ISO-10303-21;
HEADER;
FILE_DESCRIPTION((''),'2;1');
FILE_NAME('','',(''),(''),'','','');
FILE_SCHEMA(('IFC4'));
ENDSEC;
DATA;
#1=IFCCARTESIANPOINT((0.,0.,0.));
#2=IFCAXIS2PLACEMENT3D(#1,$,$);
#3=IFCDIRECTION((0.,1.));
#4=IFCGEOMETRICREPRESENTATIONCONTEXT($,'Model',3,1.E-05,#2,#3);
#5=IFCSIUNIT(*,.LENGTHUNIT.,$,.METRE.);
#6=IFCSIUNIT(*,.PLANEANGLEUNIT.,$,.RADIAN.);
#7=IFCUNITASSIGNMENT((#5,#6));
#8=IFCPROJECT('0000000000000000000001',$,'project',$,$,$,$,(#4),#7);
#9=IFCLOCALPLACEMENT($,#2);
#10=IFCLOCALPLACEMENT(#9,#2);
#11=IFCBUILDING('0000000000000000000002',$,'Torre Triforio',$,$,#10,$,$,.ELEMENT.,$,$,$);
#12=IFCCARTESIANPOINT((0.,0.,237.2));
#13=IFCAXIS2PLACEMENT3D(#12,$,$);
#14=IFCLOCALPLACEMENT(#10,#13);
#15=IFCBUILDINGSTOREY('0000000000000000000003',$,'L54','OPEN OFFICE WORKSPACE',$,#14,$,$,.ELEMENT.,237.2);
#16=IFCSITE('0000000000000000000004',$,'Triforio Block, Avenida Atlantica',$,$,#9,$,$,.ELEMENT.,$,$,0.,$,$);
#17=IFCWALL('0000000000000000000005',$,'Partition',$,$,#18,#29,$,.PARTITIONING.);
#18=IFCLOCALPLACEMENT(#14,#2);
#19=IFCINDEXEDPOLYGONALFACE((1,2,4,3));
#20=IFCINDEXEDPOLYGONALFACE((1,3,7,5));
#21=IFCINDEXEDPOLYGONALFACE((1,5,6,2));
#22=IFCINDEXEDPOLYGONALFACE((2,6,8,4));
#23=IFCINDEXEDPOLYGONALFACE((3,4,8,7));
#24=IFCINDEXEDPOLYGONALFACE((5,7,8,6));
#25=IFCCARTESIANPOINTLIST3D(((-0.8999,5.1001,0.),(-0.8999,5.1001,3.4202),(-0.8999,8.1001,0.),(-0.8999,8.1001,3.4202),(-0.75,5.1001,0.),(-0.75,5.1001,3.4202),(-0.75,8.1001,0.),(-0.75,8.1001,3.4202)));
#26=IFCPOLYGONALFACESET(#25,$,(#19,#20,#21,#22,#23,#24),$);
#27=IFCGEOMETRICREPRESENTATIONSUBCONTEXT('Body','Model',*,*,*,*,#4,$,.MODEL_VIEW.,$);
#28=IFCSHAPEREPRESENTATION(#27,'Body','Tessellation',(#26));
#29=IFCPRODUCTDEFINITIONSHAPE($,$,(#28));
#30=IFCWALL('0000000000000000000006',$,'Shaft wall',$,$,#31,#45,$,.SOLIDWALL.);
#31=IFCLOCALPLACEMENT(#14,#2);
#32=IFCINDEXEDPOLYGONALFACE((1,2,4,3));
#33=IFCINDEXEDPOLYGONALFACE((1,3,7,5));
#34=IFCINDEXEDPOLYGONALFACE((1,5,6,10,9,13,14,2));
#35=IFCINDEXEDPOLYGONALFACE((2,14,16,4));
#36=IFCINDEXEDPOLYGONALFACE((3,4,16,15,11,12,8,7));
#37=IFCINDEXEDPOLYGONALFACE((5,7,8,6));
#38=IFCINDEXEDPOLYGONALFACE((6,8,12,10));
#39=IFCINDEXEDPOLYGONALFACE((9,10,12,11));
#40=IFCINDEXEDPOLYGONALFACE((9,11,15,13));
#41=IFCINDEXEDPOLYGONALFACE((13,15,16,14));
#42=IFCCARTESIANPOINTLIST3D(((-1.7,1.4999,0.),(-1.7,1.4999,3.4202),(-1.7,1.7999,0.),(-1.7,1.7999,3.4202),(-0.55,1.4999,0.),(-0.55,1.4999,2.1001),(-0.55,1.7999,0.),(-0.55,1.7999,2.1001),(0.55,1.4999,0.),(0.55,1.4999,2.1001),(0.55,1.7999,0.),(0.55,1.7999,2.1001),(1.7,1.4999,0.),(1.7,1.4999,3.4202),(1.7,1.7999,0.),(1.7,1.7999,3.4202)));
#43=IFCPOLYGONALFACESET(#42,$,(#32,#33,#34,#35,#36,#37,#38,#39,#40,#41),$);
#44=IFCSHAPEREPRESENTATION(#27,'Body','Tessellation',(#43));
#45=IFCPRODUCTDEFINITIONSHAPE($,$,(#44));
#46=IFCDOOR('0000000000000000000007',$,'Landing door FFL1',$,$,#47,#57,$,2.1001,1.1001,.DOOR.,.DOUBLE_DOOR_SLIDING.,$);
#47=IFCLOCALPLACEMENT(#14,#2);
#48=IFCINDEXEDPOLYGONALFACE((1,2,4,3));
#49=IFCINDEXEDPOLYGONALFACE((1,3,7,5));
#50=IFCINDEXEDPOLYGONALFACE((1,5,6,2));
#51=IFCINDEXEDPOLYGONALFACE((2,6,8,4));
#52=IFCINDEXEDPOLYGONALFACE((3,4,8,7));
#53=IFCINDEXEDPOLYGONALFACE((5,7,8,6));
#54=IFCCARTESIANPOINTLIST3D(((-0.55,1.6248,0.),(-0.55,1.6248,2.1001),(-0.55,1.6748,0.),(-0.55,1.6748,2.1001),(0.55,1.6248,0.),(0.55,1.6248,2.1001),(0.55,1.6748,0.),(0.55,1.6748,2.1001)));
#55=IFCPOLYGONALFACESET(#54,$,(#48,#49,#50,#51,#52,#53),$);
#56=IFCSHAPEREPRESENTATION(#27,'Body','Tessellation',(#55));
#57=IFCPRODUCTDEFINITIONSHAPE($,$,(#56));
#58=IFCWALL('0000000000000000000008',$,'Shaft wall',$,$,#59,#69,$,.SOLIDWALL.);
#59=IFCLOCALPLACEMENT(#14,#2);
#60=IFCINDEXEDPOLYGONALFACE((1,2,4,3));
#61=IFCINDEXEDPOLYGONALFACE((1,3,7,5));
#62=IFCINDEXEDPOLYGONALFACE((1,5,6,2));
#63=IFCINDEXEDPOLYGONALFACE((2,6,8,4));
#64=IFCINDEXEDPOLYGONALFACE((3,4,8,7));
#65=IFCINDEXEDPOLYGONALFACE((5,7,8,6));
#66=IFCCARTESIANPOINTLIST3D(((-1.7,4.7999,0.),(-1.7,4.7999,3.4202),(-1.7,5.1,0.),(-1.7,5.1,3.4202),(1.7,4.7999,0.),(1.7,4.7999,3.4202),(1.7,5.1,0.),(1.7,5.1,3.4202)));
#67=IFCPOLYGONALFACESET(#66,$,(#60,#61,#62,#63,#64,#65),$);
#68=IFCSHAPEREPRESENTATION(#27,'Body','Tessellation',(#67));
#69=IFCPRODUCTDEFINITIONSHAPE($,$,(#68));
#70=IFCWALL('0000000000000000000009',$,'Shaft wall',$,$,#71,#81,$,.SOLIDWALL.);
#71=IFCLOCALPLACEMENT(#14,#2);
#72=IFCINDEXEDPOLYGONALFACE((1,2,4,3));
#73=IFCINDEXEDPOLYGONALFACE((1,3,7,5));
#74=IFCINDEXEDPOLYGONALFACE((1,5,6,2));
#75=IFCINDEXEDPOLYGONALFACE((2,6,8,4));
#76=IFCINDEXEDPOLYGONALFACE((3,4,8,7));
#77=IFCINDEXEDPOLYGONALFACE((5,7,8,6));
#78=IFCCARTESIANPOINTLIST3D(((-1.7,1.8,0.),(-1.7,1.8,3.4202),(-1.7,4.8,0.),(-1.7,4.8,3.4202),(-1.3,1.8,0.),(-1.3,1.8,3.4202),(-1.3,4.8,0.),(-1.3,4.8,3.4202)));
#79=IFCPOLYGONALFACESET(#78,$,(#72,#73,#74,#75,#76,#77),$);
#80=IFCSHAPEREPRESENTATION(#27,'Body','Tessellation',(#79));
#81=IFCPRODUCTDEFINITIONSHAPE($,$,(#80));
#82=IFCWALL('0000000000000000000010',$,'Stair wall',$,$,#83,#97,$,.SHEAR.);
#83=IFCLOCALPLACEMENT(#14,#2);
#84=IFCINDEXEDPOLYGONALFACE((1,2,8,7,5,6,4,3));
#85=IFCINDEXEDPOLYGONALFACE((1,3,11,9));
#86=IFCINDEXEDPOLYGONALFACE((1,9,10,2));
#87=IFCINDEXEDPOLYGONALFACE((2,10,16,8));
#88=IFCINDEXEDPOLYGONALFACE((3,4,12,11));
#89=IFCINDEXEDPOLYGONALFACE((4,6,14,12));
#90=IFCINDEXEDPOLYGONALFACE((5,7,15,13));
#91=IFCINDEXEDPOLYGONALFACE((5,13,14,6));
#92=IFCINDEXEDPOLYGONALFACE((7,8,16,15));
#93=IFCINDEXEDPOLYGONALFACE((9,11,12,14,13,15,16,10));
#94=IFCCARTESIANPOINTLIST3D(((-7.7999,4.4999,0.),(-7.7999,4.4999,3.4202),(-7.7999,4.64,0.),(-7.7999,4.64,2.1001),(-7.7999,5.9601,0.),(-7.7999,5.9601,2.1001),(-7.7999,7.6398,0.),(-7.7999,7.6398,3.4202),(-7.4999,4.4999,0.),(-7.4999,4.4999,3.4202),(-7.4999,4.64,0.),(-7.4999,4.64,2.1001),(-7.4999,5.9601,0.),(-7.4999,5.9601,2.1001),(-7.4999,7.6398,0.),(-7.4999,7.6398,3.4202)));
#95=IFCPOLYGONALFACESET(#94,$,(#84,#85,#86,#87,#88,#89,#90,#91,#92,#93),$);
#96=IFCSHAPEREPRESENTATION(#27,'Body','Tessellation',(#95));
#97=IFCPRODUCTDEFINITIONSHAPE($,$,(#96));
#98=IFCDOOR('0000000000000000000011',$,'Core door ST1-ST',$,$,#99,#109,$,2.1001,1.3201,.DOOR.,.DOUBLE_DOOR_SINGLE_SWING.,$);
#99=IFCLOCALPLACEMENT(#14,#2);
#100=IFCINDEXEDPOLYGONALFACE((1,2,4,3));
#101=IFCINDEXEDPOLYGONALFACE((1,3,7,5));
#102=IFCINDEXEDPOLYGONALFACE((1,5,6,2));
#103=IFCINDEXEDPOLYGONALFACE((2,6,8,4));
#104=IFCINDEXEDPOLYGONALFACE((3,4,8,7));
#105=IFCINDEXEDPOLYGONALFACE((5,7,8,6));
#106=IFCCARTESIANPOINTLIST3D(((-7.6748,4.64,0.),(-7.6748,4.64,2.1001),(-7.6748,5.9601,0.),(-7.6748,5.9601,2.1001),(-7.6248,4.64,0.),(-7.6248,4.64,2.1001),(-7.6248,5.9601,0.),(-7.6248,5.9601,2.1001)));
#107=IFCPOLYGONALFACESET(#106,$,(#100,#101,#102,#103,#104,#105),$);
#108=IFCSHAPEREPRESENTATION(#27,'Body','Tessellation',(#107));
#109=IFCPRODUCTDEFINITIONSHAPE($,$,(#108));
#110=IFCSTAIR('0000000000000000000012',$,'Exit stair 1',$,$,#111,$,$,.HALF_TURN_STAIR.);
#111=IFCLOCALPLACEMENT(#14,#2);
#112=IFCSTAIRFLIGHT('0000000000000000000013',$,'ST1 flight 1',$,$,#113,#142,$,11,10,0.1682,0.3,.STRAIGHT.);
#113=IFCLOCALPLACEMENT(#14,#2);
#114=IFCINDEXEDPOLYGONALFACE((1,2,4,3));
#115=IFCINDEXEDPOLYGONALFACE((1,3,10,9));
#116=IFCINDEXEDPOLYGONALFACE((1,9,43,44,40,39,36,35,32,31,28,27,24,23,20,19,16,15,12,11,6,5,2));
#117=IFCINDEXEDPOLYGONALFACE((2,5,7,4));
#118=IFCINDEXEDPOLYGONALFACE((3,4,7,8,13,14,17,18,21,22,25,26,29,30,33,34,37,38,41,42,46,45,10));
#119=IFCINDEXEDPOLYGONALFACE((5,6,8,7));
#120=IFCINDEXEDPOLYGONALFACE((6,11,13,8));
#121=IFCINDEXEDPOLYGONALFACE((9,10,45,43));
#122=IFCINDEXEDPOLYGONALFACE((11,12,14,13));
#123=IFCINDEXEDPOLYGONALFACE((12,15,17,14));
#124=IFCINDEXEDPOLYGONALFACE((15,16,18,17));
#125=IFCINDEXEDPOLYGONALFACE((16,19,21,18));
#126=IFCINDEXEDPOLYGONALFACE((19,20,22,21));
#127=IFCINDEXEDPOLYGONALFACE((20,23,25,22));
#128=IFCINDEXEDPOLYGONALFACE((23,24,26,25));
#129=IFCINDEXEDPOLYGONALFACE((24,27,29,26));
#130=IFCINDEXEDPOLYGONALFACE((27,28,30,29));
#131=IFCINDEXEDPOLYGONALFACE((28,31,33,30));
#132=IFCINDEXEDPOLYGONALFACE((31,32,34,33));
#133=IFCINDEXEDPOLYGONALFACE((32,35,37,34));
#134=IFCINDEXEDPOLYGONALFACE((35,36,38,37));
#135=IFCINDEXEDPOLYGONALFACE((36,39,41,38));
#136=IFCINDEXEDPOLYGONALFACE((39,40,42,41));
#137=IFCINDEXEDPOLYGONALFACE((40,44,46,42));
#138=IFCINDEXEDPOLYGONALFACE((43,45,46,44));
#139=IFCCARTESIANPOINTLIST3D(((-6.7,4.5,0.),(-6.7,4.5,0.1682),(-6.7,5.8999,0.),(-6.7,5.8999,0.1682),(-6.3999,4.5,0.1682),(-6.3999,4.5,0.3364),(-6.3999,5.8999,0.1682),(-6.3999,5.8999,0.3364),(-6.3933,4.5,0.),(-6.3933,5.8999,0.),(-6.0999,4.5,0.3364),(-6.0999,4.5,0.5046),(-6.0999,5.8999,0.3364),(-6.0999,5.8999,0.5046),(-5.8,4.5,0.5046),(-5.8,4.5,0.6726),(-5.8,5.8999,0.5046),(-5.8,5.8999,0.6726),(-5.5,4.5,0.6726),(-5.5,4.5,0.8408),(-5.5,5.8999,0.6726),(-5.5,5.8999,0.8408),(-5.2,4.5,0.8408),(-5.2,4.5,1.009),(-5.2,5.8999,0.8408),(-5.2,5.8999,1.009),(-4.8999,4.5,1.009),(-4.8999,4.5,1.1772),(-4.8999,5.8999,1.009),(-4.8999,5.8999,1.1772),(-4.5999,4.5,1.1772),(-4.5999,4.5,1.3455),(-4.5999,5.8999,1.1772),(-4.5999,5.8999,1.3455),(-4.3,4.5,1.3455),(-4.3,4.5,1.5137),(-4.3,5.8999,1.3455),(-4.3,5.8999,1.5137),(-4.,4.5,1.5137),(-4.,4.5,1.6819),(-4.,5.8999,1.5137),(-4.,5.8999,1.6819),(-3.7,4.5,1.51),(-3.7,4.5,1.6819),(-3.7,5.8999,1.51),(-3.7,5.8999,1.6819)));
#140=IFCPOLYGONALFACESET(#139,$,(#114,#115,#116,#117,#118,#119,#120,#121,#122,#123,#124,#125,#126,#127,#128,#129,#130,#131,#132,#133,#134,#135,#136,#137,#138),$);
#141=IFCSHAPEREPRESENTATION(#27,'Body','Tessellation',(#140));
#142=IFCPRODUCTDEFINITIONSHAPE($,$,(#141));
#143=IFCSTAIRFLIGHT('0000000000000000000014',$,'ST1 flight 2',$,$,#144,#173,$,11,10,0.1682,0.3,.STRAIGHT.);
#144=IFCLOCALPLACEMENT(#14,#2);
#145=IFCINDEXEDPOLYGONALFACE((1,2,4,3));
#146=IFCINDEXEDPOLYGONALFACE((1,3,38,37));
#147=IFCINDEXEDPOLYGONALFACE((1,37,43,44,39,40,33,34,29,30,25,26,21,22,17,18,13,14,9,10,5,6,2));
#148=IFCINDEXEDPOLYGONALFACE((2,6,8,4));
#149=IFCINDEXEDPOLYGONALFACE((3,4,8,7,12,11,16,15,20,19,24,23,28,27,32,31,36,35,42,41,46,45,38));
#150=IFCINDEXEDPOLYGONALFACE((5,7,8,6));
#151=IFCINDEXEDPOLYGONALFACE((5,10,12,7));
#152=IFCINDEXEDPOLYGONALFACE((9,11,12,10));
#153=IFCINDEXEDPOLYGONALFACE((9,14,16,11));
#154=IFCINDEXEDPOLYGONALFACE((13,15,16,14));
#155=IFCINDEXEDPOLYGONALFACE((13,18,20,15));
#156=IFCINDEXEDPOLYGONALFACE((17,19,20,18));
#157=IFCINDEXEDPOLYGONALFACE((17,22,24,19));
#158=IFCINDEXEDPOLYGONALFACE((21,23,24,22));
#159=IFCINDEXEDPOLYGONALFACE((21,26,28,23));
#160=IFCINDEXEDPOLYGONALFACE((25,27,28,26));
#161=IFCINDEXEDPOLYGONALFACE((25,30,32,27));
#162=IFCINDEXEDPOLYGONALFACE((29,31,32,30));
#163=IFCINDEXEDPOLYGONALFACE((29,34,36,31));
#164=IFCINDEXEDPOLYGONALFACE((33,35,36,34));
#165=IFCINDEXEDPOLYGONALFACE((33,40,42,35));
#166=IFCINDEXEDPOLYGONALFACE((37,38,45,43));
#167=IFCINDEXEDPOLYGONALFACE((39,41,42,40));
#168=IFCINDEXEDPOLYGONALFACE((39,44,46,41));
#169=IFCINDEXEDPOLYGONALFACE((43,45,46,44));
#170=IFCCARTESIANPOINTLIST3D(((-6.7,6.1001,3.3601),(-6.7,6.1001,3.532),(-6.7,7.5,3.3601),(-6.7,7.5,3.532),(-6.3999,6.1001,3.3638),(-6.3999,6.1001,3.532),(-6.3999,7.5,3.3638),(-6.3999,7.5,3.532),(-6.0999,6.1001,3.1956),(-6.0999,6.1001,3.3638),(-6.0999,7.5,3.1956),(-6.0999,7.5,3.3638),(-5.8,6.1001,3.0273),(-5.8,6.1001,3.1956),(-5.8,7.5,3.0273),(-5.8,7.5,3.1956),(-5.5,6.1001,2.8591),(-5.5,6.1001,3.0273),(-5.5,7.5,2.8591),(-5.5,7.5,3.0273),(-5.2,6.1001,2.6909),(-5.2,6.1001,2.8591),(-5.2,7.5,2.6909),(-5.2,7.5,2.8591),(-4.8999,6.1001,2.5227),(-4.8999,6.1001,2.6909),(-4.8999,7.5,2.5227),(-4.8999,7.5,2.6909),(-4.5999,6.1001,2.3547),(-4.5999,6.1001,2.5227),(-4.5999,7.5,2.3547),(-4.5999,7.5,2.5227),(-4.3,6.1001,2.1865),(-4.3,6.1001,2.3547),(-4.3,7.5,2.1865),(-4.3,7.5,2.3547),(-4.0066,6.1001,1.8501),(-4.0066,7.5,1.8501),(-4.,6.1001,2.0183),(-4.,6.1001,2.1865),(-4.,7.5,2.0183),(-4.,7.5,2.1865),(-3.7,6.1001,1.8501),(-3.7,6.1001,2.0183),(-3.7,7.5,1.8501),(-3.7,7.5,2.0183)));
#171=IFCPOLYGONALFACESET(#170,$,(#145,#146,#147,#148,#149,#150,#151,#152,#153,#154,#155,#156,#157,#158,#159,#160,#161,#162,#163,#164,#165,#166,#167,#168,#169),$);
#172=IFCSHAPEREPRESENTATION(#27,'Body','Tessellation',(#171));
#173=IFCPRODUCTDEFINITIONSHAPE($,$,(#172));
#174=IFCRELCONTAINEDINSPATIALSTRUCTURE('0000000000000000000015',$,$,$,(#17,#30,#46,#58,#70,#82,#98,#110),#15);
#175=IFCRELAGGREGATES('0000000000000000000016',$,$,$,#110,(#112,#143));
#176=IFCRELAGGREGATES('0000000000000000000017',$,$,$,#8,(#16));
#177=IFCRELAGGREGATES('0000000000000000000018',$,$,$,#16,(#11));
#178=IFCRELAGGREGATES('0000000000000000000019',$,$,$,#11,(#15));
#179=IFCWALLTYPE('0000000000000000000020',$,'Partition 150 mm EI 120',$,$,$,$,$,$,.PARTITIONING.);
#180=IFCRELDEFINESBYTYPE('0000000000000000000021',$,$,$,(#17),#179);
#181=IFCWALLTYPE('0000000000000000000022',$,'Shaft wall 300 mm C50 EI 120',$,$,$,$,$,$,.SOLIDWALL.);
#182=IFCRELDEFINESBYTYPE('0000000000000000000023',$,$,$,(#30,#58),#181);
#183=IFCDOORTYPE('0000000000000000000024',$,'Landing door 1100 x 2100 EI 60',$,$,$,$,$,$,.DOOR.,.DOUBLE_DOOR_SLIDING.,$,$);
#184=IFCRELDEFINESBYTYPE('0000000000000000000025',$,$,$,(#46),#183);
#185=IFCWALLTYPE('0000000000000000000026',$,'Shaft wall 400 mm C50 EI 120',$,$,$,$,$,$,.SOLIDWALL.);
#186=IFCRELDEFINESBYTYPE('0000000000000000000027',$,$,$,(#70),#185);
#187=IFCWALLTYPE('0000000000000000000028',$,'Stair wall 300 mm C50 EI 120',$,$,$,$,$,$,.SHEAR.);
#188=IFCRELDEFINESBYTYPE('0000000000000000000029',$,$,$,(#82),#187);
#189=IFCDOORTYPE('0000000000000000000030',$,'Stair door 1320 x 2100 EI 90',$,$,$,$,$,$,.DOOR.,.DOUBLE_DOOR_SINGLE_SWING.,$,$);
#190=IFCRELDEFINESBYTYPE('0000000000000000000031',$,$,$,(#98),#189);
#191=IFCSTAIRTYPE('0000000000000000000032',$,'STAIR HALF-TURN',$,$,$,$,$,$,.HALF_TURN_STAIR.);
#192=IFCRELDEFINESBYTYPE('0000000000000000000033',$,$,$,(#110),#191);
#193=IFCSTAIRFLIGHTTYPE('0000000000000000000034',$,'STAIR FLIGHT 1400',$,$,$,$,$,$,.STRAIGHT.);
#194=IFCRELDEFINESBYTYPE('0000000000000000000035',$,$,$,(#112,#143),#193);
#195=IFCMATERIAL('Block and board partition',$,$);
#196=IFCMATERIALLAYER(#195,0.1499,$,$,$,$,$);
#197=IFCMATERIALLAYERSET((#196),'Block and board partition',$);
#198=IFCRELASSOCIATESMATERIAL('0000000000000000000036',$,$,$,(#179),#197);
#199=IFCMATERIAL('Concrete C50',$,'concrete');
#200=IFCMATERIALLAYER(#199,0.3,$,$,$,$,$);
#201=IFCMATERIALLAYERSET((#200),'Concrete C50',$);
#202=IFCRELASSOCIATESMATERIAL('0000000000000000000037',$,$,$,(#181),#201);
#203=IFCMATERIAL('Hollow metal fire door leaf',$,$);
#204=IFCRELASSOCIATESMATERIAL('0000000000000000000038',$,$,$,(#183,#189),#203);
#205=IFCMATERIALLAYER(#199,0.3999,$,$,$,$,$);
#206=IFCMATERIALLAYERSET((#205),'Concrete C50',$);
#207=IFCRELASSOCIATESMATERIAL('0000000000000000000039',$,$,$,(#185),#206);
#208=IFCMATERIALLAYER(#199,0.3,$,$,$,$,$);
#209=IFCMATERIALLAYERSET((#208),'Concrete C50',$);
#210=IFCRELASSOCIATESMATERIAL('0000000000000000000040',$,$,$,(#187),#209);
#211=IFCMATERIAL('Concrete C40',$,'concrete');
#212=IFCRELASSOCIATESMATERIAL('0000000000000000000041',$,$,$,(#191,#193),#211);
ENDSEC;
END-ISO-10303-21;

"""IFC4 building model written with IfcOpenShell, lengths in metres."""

from ifc_helpers import new_model, si_unit, direction, frame, frame_2d, origin, place, context, subcontext, project, spatial, polyline, rectangle, outline, extrude, material, layer, layer_set, type_object, element, fill, aggregate, save


model = new_model("IFC4")

# Units and contexts
model_context = context("Model", 3, precision=1e-05, world=origin(), true_north=direction((0.0, 1.0)))
body_context = subcontext(model_context, "Body", "Model", "MODEL_VIEW")
ifc_project = project(units=[si_unit("LENGTHUNIT", "METRE"), si_unit("PLANEANGLEUNIT", "RADIAN")], contexts=[model_context])

# Site, building, storey
site_placement = place(None, origin())
site = spatial("IfcSite", under=ifc_project, at=site_placement, Name="Triforio Block, Avenida Atlantica", CompositionType="ELEMENT", RefElevation=0.0)
building_placement = place(site_placement, origin())
building = spatial("IfcBuilding", under=site, at=building_placement, Name="Torre Triforio", CompositionType="ELEMENT")
storey_placement = place(building_placement, frame((0.0, 0.0, 237.2)))
storey = spatial("IfcBuildingStorey", under=building, at=storey_placement, Name="L54", Description="OPEN OFFICE WORKSPACE", CompositionType="ELEMENT", Elevation=237.2)

# Shared definitions
ifc_material_1 = material(Name="Concrete C40", Category="concrete")

# Wall
ifc_material_2 = material(Name="Concrete C50", Category="concrete")
ifc_material_3 = material(Name="Block and board partition")
ifc_layer_1 = layer(ifc_material_3, 0.1499)
ifc_layer_set_1 = layer_set([ifc_layer_1], Name="Block and board partition")
wall_type_1 = type_object("IfcWallType", Name="Partition 150 mm EI 120", PredefinedType="PARTITIONING", material=ifc_layer_set_1)
wall_1_placement = place(storey_placement, frame((-0.825, 5.1001, 0.0), z_axis=(0.0, 0.0, 1.0), x_axis=(0.0, 1.0, 0.0)))
element("IfcWall", 1, at=wall_1_placement, inside=storey, type_object=wall_type_1, Name="Partition", PredefinedType="PARTITIONING", context=body_context, shape_type="SweptSolid", body=[
    extrude(rectangle(XDim=3.0, YDim=0.1499, at=frame_2d((1.5, 0.0))), origin(), (0.0, 0.0, 1.0), 3.4202),
])

# Wall, opening, door
ifc_layer_2 = layer(ifc_material_2, 0.3)
ifc_layer_set_2 = layer_set([ifc_layer_2], Name="Concrete C50")
wall_type_2 = type_object("IfcWallType", Name="Shaft wall 300 mm C50 EI 120", PredefinedType="SOLIDWALL", material=ifc_layer_set_2)
wall_2_placement = place(storey_placement, frame((-1.7, 1.6499, 0.0), z_axis=(0.0, 0.0, 1.0), x_axis=(1.0, 0.0, 0.0)))
wall_2 = element("IfcWall", 2, at=wall_2_placement, inside=storey, type_object=wall_type_2, Name="Shaft wall", PredefinedType="SOLIDWALL", context=body_context, shape_type="SweptSolid", body=[
    extrude(rectangle(XDim=3.3999, YDim=0.3, at=frame_2d((1.7, 0.0))), origin(), (0.0, 0.0, 1.0), 3.4202),
])
opening_1_placement = place(wall_2_placement, frame((1.1499, 0.0, 0.0)))
opening_1 = element("IfcOpeningElement", 3, at=opening_1_placement, cuts=wall_2, PredefinedType="OPENING", context=body_context, shape_type="SweptSolid", body=[
    extrude(rectangle(XDim=1.1001, YDim=2.1001, at=frame_2d((0.55, 1.05))), frame((0.0, 0.1599, 0.0), z_axis=(0.0, -1.0, 0.0), x_axis=(1.0, 0.0, 0.0)), (0.0, 0.0, 1.0), 0.3201),
])
ifc_material_4 = material(Name="Hollow metal fire door leaf")
door_type_1 = type_object("IfcDoorType", Name="Landing door 1100 x 2100 EI 60", OperationType="DOUBLE_DOOR_SLIDING", PredefinedType="DOOR", material=ifc_material_4)
door_1_placement = place(opening_1_placement, origin())
door_1 = element("IfcDoor", 4, at=door_1_placement, inside=storey, type_object=door_type_1, Name="Landing door FFL1", OperationType="DOUBLE_DOOR_SLIDING", OverallHeight=2.1001, OverallWidth=1.1001, PredefinedType="DOOR", context=body_context, shape_type="SweptSolid", body=[
    extrude(rectangle(XDim=1.1001, YDim=2.1001, at=frame_2d((0.55, 1.05))), frame((0.0, 0.0249, 0.0), z_axis=(0.0, -1.0, 0.0), x_axis=(1.0, 0.0, 0.0)), (0.0, 0.0, 1.0), 0.05),
])
fill(opening_1, door_1)

# Walls
wall_3_placement = place(storey_placement, frame((-1.7, 4.95, 0.0), z_axis=(0.0, 0.0, 1.0), x_axis=(1.0, 0.0, 0.0)))
element("IfcWall", 5, at=wall_3_placement, inside=storey, type_object=wall_type_2, Name="Shaft wall", PredefinedType="SOLIDWALL", context=body_context, shape_type="SweptSolid", body=[
    extrude(rectangle(XDim=3.3999, YDim=0.3, at=frame_2d((1.7, 0.0))), origin(), (0.0, 0.0, 1.0), 3.4202),
])
ifc_layer_3 = layer(ifc_material_2, 0.3999)
ifc_layer_set_3 = layer_set([ifc_layer_3], Name="Concrete C50")
wall_type_3 = type_object("IfcWallType", Name="Shaft wall 400 mm C50 EI 120", PredefinedType="SOLIDWALL", material=ifc_layer_set_3)
wall_4_placement = place(storey_placement, frame((-1.5, 1.8, 0.0), z_axis=(0.0, 0.0, 1.0), x_axis=(0.0, 1.0, 0.0)))
element("IfcWall", 6, at=wall_4_placement, inside=storey, type_object=wall_type_3, Name="Shaft wall", PredefinedType="SOLIDWALL", context=body_context, shape_type="SweptSolid", body=[
    extrude(rectangle(XDim=3.0, YDim=0.3999, at=frame_2d((1.5, 0.0))), origin(), (0.0, 0.0, 1.0), 3.4202),
])

# Wall, opening, door
ifc_layer_4 = layer(ifc_material_2, 0.3)
ifc_layer_set_4 = layer_set([ifc_layer_4], Name="Concrete C50")
wall_type_4 = type_object("IfcWallType", Name="Stair wall 300 mm C50 EI 120", PredefinedType="SHEAR", material=ifc_layer_set_4)
wall_5_placement = place(storey_placement, frame((-7.6499, 4.5, 0.0), z_axis=(0.0, 0.0, 1.0), x_axis=(0.0, 1.0, 0.0)))
wall_5 = element("IfcWall", 7, at=wall_5_placement, inside=storey, type_object=wall_type_4, Name="Stair wall", PredefinedType="SHEAR", context=body_context, shape_type="SweptSolid", body=[
    extrude(rectangle(XDim=3.1399, YDim=0.3, at=frame_2d((1.5698, 0.0))), origin(), (0.0, 0.0, 1.0), 3.4202),
])
opening_2_placement = place(wall_5_placement, frame((0.1399, 0.0, 0.0)))
opening_2 = element("IfcOpeningElement", 8, at=opening_2_placement, cuts=wall_5, PredefinedType="OPENING", context=body_context, shape_type="SweptSolid", body=[
    extrude(rectangle(XDim=1.3201, YDim=2.1001, at=frame_2d((0.6602, 1.05))), frame((0.0, 0.1599, 0.0), z_axis=(0.0, -1.0, 0.0), x_axis=(1.0, 0.0, 0.0)), (0.0, 0.0, 1.0), 0.3201),
])
door_type_2 = type_object("IfcDoorType", Name="Stair door 1320 x 2100 EI 90", OperationType="DOUBLE_DOOR_SINGLE_SWING", PredefinedType="DOOR", material=ifc_material_4)
door_2_placement = place(opening_2_placement, origin())
door_2 = element("IfcDoor", 9, at=door_2_placement, inside=storey, type_object=door_type_2, Name="Core door ST1-ST", OperationType="DOUBLE_DOOR_SINGLE_SWING", OverallHeight=2.1001, OverallWidth=1.3201, PredefinedType="DOOR", context=body_context, shape_type="SweptSolid", body=[
    extrude(rectangle(XDim=1.3201, YDim=2.1001, at=frame_2d((0.6602, 1.05))), frame((0.0, 0.0249, 0.0), z_axis=(0.0, -1.0, 0.0), x_axis=(1.0, 0.0, 0.0)), (0.0, 0.0, 1.0), 0.05),
])
fill(opening_2, door_2)

# Stair, stair flights
stair_type = type_object("IfcStairType", Name="STAIR HALF-TURN", PredefinedType="HALF_TURN_STAIR", material=ifc_material_1)
stair_placement = place(storey_placement, origin())
stair = element("IfcStair", 10, at=stair_placement, inside=storey, type_object=stair_type, Name="Exit stair 1", PredefinedType="HALF_TURN_STAIR")
stair_flight_type = type_object("IfcStairFlightType", Name="STAIR FLIGHT 1400", PredefinedType="STRAIGHT", material=ifc_material_1)
stair_flight_1_placement = place(storey_placement, frame((-6.7, 5.2, 0.0), z_axis=(0.0, 0.0, 1.0), x_axis=(1.0, 0.0, 0.0)))
stair_flight_1 = element("IfcStairFlight", 11, at=stair_flight_1_placement, type_object=stair_flight_type, Name="ST1 flight 1", NumberOfRisers=11, NumberOfTreads=10, PredefinedType="STRAIGHT", RiserHeight=0.1682, TreadLength=0.3, context=body_context, shape_type="SweptSolid", body=[
    extrude(outline(polyline([(0.0, 0.0), (0.0, 0.1682), (0.3, 0.1682), (0.3, 0.3364), (0.6001, 0.3364), (0.6001, 0.5046), (0.8999, 0.5046), (0.8999, 0.6726), (1.2, 0.6726), (1.2, 0.8408), (1.5, 0.8408), (1.5, 1.009), (1.8, 1.009), (1.8, 1.1772), (2.1001, 1.1772), (2.1001, 1.3455), (2.3999, 1.3455), (2.3999, 1.5137), (2.7, 1.5137), (2.7, 1.6819), (3.0, 1.6819), (3.0, 1.8501), (3.0, 1.51), (0.3066, 0.0), (0.0, 0.0)])), frame((0.0, 0.7, 0.0), z_axis=(0.0, -1.0, 0.0), x_axis=(1.0, 0.0, 0.0)), (0.0, 0.0, 1.0), 1.3999),
])
stair_flight_2_placement = place(storey_placement, frame((-3.7, 6.8, 1.8501), z_axis=(0.0, 0.0, 1.0), x_axis=(-1.0, 0.0, 0.0)))
stair_flight_2 = element("IfcStairFlight", 12, at=stair_flight_2_placement, type_object=stair_flight_type, Name="ST1 flight 2", NumberOfRisers=11, NumberOfTreads=10, PredefinedType="STRAIGHT", RiserHeight=0.1682, TreadLength=0.3, context=body_context, shape_type="SweptSolid", body=[
    extrude(outline(polyline([(0.0, 0.0), (0.0, 0.1682), (0.3, 0.1682), (0.3, 0.3364), (0.6001, 0.3364), (0.6001, 0.5046), (0.8999, 0.5046), (0.8999, 0.6726), (1.2, 0.6726), (1.2, 0.8408), (1.5, 0.8408), (1.5, 1.009), (1.8, 1.009), (1.8, 1.1772), (2.1001, 1.1772), (2.1001, 1.3455), (2.3999, 1.3455), (2.3999, 1.5137), (2.7, 1.5137), (2.7, 1.6819), (3.0, 1.6819), (3.0, 1.8501), (3.0, 1.51), (0.3066, 0.0), (0.0, 0.0)])), frame((0.0, 0.7, 0.0), z_axis=(0.0, -1.0, 0.0), x_axis=(1.0, 0.0, 0.0)), (0.0, 0.0, 1.0), 1.3999),
])
aggregate(stair, [stair_flight_1, stair_flight_2])

save(model, "model.ifc")
